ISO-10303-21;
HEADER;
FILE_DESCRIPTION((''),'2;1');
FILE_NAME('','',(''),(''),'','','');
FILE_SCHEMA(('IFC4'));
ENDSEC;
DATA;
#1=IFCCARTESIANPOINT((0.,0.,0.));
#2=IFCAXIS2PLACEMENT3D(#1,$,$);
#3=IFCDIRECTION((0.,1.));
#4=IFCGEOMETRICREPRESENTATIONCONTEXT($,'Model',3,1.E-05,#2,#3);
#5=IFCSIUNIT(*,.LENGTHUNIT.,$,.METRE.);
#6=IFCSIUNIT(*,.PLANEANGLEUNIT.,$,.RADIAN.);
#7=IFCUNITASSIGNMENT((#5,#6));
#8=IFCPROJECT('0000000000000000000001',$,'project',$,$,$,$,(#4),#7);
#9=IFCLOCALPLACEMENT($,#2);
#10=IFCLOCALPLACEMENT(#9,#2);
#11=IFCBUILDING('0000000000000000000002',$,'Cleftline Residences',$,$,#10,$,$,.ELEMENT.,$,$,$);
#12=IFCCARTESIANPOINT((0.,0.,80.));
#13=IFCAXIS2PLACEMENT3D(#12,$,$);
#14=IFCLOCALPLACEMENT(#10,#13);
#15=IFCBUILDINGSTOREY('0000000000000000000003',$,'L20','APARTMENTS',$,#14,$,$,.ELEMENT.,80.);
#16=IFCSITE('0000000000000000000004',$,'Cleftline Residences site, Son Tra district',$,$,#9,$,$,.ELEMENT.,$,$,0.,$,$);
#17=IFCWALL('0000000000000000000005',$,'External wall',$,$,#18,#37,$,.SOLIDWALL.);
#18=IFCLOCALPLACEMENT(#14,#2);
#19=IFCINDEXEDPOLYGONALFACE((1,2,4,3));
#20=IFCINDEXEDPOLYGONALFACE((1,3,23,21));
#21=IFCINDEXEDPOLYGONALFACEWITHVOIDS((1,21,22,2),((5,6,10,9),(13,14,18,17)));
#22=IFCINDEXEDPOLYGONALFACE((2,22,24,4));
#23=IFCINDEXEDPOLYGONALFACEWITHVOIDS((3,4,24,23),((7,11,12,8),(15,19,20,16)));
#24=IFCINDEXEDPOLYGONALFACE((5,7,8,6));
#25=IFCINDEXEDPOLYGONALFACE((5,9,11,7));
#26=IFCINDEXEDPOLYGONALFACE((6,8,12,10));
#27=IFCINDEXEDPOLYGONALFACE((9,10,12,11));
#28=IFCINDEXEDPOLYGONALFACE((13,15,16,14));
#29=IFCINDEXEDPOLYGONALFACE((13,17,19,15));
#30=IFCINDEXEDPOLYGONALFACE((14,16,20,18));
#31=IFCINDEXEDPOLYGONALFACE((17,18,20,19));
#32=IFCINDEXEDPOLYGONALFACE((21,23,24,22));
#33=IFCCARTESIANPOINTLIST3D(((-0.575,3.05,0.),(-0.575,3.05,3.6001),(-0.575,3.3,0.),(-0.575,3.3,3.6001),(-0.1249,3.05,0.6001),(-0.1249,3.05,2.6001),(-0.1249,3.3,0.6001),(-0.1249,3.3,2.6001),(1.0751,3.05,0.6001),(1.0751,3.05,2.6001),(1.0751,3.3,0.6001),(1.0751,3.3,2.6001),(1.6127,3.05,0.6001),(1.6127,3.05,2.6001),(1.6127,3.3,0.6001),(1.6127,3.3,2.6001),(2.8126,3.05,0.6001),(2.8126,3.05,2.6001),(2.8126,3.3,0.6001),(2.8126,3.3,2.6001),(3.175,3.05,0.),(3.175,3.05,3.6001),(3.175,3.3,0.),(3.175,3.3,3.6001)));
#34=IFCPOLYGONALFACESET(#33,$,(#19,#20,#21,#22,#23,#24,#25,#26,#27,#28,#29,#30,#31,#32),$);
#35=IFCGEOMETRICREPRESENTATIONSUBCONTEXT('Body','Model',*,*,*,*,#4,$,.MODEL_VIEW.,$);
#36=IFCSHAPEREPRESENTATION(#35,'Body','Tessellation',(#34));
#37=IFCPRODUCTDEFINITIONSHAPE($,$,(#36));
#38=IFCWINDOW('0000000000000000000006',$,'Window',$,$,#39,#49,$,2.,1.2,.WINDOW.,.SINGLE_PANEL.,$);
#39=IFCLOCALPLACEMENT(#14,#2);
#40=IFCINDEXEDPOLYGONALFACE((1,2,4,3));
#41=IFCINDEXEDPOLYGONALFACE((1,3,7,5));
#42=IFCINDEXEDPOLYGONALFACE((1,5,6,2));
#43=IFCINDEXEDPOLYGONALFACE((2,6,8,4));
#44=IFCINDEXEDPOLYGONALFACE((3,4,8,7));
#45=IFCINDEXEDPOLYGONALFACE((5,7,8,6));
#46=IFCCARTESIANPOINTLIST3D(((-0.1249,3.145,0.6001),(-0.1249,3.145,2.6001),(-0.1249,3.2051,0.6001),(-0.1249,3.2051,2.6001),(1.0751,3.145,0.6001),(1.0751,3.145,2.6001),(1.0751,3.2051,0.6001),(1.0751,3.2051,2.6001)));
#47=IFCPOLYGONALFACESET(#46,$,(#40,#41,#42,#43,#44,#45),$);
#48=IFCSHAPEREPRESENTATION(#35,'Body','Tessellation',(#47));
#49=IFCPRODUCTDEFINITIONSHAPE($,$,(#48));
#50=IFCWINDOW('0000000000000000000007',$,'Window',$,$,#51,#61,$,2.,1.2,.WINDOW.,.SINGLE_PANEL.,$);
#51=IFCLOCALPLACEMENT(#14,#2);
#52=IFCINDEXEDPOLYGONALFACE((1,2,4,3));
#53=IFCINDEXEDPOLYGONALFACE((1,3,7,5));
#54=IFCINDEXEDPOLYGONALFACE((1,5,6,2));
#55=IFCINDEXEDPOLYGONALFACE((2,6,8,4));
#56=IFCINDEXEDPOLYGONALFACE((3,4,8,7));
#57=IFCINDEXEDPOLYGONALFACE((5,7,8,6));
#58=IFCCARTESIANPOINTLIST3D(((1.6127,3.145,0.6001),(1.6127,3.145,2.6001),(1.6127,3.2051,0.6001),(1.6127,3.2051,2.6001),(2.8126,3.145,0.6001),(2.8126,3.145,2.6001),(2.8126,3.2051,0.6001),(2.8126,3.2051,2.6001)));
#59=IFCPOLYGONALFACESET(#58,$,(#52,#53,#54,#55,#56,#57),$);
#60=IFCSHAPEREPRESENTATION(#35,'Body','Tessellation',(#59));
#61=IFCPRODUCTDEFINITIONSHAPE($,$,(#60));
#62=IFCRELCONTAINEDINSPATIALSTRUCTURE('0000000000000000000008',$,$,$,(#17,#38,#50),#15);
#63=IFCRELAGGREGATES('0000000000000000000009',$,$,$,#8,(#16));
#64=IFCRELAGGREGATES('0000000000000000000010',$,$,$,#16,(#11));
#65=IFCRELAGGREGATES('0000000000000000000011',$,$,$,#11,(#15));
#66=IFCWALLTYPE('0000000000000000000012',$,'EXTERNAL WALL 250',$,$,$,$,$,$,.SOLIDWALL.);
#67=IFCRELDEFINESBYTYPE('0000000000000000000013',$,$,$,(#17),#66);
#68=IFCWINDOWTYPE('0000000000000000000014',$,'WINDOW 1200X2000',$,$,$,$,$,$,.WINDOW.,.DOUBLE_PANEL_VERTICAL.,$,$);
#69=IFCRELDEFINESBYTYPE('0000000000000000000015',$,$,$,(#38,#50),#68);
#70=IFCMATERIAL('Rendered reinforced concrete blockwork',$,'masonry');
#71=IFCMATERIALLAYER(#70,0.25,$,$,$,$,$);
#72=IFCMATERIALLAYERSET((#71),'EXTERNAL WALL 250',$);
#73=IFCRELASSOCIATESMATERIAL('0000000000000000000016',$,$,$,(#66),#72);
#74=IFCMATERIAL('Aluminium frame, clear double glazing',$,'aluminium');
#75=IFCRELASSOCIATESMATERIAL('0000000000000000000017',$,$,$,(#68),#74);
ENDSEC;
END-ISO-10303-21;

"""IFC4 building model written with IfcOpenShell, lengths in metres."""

from ifc_helpers import new_model, si_unit, direction, frame, frame_2d, origin, place, context, subcontext, project, spatial, rectangle, extrude, material, layer, layer_set, type_object, element, fill, save


model = new_model("IFC4")

# Units and contexts
model_context = context("Model", 3, precision=1e-05, world=origin(), true_north=direction((0.0, 1.0)))
body_context = subcontext(model_context, "Body", "Model", "MODEL_VIEW")
ifc_project = project(units=[si_unit("LENGTHUNIT", "METRE"), si_unit("PLANEANGLEUNIT", "RADIAN")], contexts=[model_context])

# Site, building, storey
site_placement = place(None, origin())
site = spatial("IfcSite", under=ifc_project, at=site_placement, Name="Cleftline Residences site, Son Tra district", CompositionType="ELEMENT", RefElevation=0.0)
building_placement = place(site_placement, origin())
building = spatial("IfcBuilding", under=site, at=building_placement, Name="Cleftline Residences", CompositionType="ELEMENT")
storey_placement = place(building_placement, frame((0.0, 0.0, 80.0)))
storey = spatial("IfcBuildingStorey", under=building, at=storey_placement, Name="L20", Description="APARTMENTS", CompositionType="ELEMENT", Elevation=80.0)

# Wall, openings, windows
ifc_material_1 = material(Name="Rendered reinforced concrete blockwork", Category="masonry")
ifc_layer_1 = layer(ifc_material_1, 0.25)
ifc_layer_set_1 = layer_set([ifc_layer_1], Name="EXTERNAL WALL 250")
wall_type = type_object("IfcWallType", Name="EXTERNAL WALL 250", PredefinedType="SOLIDWALL", material=ifc_layer_set_1)
wall_placement = place(storey_placement, frame((-0.575, 3.175, 0.0), z_axis=(0.0, 0.0, 1.0), x_axis=(1.0, 0.0, 0.0)))
wall = element("IfcWall", 1, at=wall_placement, inside=storey, type_object=wall_type, Name="External wall", PredefinedType="SOLIDWALL", context=body_context, shape_type="SweptSolid", body=[
    extrude(rectangle(XDim=3.75, YDim=0.25, at=frame_2d((1.875, 0.0))), origin(), (0.0, 0.0, 1.0), 3.6001),
])
opening_1_placement = place(wall_placement, frame((0.45, 0.0, 0.6001)))
opening_1 = element("IfcOpeningElement", 2, at=opening_1_placement, cuts=wall, PredefinedType="OPENING", context=body_context, shape_type="SweptSolid", body=[
    extrude(rectangle(XDim=1.2, YDim=2.0, at=frame_2d((0.6001, 1.0))), frame((0.0, 0.135, 0.0), z_axis=(0.0, -1.0, 0.0), x_axis=(1.0, 0.0, 0.0)), (0.0, 0.0, 1.0), 0.27),
])
opening_2_placement = place(wall_placement, frame((2.1875, 0.0, 0.6001)))
opening_2 = element("IfcOpeningElement", 3, at=opening_2_placement, cuts=wall, PredefinedType="OPENING", context=body_context, shape_type="SweptSolid", body=[
    extrude(rectangle(XDim=1.2, YDim=2.0, at=frame_2d((0.6001, 1.0))), frame((0.0, 0.135, 0.0), z_axis=(0.0, -1.0, 0.0), x_axis=(1.0, 0.0, 0.0)), (0.0, 0.0, 1.0), 0.27),
])
ifc_material_2 = material(Name="Aluminium frame, clear double glazing", Category="aluminium")
window_type = type_object("IfcWindowType", Name="WINDOW 1200X2000", PartitioningType="DOUBLE_PANEL_VERTICAL", PredefinedType="WINDOW", material=ifc_material_2)
window_1_placement = place(opening_1_placement, origin())
window_1 = element("IfcWindow", 4, at=window_1_placement, inside=storey, type_object=window_type, Name="Window", OverallHeight=2.0, OverallWidth=1.2, PartitioningType="SINGLE_PANEL", PredefinedType="WINDOW", context=body_context, shape_type="SweptSolid", body=[
    extrude(rectangle(XDim=1.2, YDim=2.0, at=frame_2d((0.6001, 1.0))), frame((0.0, 0.03, 0.0), z_axis=(0.0, -1.0, 0.0), x_axis=(1.0, 0.0, 0.0)), (0.0, 0.0, 1.0), 0.0601),
])
fill(opening_1, window_1)
window_2_placement = place(opening_2_placement, origin())
window_2 = element("IfcWindow", 5, at=window_2_placement, inside=storey, type_object=window_type, Name="Window", OverallHeight=2.0, OverallWidth=1.2, PartitioningType="SINGLE_PANEL", PredefinedType="WINDOW", context=body_context, shape_type="SweptSolid", body=[
    extrude(rectangle(XDim=1.2, YDim=2.0, at=frame_2d((0.6001, 1.0))), frame((0.0, 0.03, 0.0), z_axis=(0.0, -1.0, 0.0), x_axis=(1.0, 0.0, 0.0)), (0.0, 0.0, 1.0), 0.0601),
])
fill(opening_2, window_2)

save(model, "model.ifc")
